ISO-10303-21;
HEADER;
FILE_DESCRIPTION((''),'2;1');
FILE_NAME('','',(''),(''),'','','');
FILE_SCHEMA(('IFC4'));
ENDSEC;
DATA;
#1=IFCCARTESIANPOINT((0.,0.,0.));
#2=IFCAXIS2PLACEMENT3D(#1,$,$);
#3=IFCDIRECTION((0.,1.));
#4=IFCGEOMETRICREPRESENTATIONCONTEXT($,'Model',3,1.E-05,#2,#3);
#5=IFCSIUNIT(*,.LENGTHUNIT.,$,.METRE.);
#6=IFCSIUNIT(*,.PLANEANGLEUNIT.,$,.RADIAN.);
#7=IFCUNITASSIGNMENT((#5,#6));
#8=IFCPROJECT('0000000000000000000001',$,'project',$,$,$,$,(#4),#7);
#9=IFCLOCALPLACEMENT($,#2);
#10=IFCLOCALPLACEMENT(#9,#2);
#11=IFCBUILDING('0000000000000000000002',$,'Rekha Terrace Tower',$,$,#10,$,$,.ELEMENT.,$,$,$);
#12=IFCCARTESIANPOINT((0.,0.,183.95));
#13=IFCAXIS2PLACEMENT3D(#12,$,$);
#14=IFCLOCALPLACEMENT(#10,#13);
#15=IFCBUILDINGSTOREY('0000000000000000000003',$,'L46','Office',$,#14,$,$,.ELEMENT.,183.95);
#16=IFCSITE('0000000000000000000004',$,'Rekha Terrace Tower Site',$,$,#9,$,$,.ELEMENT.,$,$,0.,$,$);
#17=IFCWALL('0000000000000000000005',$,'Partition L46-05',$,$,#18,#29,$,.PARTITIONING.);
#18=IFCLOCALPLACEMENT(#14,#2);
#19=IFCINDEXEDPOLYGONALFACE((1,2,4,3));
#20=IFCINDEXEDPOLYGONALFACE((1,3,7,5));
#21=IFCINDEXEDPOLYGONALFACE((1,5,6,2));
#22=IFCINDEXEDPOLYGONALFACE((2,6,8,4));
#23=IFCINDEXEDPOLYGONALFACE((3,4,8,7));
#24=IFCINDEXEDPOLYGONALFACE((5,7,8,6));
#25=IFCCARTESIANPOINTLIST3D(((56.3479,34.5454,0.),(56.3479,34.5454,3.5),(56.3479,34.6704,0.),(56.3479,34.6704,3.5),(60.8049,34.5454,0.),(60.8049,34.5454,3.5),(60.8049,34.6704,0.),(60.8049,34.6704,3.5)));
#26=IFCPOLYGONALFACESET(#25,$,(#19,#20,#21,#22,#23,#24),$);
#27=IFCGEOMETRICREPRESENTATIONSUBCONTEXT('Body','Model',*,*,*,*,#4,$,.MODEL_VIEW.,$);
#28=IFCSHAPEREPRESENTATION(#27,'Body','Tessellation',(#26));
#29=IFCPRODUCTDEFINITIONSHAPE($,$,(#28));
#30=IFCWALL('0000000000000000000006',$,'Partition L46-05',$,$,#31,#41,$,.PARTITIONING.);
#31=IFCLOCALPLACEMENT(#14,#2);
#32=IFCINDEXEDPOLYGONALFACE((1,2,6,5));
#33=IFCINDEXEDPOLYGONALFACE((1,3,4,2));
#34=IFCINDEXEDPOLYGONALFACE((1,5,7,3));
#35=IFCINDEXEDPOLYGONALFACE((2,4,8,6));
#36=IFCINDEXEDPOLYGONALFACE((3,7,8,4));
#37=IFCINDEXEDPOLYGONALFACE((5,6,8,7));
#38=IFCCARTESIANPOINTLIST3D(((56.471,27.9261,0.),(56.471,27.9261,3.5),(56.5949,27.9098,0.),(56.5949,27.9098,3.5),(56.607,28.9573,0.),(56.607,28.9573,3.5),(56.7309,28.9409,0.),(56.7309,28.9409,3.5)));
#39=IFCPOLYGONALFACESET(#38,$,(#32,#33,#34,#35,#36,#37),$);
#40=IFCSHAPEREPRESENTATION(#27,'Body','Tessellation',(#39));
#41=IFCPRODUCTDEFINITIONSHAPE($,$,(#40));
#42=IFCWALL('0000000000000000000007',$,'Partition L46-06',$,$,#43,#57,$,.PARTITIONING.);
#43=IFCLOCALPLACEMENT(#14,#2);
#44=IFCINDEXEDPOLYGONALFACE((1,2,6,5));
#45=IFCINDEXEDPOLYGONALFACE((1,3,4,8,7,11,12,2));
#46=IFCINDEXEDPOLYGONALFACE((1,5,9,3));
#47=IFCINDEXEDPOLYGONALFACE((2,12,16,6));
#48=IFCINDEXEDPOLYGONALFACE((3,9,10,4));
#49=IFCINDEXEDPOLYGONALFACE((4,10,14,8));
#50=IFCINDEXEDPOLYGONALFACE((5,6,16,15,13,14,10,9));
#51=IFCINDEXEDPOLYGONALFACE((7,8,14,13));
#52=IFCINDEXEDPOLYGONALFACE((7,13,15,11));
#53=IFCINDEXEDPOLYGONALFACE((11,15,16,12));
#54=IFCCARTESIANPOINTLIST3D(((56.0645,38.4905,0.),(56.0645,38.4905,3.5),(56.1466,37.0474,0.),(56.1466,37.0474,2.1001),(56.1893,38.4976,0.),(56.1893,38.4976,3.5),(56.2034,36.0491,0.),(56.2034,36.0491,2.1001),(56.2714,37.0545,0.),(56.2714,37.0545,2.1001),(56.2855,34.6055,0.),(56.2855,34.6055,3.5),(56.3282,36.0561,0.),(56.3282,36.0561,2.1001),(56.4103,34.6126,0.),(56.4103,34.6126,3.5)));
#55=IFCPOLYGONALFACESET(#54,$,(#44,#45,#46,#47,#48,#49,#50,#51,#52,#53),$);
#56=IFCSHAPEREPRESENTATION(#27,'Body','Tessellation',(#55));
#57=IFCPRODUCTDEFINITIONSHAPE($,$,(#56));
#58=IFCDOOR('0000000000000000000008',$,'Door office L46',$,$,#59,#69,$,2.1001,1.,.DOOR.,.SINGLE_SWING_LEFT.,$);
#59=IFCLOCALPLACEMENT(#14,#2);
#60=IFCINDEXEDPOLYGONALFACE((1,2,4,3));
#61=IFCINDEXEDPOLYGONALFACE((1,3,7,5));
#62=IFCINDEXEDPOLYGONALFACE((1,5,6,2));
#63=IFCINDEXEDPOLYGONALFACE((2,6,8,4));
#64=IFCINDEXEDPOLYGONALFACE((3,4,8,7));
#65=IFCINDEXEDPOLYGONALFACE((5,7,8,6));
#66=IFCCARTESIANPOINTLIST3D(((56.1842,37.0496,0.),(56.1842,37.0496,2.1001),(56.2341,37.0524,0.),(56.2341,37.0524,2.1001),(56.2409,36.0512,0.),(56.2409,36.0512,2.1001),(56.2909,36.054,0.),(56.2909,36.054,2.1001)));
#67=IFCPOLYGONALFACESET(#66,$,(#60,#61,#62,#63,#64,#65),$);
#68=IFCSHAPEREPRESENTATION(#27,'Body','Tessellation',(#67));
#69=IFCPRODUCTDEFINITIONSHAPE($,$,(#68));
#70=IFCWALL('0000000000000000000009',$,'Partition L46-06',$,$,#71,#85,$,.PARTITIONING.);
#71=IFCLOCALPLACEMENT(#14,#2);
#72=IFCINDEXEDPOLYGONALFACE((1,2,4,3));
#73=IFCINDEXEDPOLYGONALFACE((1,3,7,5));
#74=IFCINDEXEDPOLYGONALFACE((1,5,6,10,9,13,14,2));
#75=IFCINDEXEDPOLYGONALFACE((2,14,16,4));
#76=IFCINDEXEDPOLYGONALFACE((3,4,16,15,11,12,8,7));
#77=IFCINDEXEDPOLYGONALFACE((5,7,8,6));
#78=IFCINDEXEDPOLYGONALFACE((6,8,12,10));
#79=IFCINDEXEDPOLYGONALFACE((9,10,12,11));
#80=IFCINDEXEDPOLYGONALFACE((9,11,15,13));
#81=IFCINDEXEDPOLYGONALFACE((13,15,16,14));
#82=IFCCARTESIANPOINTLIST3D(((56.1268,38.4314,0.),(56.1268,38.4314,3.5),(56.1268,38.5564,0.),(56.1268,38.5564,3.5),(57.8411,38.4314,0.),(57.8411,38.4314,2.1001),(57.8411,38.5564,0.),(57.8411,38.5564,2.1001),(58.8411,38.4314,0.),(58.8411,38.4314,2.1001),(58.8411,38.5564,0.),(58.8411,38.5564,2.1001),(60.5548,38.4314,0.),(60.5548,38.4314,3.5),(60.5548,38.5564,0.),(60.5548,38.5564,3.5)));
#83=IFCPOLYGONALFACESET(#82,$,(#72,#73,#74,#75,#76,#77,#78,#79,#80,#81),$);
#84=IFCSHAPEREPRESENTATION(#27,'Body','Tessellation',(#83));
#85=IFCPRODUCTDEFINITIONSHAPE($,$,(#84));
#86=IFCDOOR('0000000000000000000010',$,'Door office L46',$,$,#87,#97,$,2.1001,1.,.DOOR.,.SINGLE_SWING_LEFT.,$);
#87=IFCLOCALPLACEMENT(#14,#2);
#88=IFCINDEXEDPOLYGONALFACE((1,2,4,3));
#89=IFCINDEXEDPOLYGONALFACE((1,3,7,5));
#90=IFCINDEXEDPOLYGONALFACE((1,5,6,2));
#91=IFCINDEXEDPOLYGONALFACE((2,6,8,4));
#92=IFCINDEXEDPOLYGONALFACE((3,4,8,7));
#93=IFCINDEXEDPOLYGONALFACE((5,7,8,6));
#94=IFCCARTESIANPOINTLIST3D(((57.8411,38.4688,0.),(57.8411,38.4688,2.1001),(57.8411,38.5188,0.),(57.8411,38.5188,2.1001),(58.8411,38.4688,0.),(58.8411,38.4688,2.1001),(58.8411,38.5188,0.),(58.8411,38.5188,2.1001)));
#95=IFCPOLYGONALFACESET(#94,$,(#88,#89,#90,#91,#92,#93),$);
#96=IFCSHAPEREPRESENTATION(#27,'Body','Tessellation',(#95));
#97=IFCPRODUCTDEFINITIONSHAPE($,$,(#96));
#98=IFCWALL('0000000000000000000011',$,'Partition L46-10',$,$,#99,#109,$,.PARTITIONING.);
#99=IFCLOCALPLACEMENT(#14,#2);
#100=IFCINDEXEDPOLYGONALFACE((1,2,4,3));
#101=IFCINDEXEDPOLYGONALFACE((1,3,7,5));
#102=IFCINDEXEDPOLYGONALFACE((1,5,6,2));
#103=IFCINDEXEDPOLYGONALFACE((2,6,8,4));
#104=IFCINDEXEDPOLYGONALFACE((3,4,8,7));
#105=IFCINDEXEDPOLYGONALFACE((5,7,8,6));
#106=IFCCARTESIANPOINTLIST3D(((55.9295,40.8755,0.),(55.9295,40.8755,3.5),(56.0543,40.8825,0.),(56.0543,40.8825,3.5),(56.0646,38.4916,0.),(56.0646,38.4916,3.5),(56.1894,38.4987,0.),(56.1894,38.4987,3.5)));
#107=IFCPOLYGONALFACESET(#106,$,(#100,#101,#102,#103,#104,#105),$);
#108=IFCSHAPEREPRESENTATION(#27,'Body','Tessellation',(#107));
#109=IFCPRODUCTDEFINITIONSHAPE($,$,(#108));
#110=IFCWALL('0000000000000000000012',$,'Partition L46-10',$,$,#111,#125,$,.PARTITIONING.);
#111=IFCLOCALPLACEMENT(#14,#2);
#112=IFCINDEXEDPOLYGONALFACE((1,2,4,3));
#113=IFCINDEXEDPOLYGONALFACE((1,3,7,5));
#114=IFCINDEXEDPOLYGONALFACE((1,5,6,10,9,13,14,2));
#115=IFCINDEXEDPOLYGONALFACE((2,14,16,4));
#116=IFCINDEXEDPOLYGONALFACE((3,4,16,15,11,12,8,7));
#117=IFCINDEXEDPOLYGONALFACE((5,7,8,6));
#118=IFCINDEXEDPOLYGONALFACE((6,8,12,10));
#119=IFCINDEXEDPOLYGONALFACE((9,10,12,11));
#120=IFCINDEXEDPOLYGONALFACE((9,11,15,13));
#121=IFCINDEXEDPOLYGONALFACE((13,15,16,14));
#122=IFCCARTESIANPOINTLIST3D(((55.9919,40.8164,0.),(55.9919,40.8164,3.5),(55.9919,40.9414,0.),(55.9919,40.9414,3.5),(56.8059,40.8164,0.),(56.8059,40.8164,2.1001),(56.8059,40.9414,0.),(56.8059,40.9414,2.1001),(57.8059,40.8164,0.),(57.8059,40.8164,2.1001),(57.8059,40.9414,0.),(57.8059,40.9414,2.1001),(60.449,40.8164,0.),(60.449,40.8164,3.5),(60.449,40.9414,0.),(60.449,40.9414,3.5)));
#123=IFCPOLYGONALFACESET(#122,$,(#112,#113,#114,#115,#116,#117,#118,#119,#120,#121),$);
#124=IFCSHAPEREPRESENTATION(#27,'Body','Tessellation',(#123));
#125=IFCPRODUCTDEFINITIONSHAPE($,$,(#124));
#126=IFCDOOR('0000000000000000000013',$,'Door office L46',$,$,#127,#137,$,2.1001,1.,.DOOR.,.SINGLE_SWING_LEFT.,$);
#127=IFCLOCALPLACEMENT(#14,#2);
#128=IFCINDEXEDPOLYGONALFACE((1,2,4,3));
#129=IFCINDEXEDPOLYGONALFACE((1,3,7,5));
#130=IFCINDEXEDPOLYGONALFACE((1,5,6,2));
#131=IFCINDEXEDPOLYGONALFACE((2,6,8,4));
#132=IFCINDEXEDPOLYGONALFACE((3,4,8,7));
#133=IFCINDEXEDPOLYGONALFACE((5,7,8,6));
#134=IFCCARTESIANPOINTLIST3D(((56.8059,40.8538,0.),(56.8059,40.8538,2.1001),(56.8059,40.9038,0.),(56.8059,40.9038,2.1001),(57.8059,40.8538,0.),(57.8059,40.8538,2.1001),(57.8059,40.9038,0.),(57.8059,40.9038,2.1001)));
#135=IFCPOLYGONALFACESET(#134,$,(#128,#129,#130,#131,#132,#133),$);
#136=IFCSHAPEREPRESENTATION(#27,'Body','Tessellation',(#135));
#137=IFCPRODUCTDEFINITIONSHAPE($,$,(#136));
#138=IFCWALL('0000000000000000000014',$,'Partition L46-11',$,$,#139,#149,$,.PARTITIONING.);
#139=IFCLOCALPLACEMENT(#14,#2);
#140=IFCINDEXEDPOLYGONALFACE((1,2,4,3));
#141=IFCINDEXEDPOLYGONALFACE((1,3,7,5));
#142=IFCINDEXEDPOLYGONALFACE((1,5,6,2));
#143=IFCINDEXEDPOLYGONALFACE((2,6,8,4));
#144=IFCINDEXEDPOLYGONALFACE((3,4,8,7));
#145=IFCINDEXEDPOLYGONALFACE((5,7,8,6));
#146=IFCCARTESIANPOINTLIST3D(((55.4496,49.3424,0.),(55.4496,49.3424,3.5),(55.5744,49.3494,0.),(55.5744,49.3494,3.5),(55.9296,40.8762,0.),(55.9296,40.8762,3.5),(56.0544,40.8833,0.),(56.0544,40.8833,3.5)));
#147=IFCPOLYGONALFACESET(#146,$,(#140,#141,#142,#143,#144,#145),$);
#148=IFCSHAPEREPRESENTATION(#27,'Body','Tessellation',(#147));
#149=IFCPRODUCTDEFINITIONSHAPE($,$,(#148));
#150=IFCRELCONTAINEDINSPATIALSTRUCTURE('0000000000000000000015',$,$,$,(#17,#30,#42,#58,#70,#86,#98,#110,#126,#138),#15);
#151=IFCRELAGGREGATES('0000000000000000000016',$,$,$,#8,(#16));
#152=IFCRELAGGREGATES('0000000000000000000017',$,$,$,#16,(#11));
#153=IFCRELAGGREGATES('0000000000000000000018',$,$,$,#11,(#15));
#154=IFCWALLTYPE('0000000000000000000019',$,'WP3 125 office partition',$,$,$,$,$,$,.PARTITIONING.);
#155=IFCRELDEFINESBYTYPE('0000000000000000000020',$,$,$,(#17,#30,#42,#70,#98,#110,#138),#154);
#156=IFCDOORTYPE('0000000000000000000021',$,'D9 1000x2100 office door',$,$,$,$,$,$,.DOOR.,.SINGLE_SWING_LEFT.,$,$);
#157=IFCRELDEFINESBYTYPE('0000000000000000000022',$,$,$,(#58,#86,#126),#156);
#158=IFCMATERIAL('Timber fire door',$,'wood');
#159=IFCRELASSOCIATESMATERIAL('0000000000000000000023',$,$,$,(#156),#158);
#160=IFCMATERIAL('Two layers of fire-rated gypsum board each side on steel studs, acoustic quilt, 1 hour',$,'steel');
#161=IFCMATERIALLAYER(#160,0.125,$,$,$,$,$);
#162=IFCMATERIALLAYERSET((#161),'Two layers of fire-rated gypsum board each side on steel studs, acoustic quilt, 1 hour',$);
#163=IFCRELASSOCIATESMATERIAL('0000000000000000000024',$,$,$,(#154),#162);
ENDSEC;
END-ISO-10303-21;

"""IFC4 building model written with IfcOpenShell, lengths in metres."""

from ifc_helpers import new_model, si_unit, direction, frame, frame_2d, origin, place, context, subcontext, project, spatial, rectangle, extrude, material, layer, layer_set, type_object, element, fill, save


model = new_model("IFC4")

# Units and contexts
model_context = context("Model", 3, precision=1e-05, world=origin(), true_north=direction((0.0, 1.0)))
body_context = subcontext(model_context, "Body", "Model", "MODEL_VIEW")
ifc_project = project(units=[si_unit("LENGTHUNIT", "METRE"), si_unit("PLANEANGLEUNIT", "RADIAN")], contexts=[model_context])

# Site, building, storey
site_placement = place(None, origin())
site = spatial("IfcSite", under=ifc_project, at=site_placement, Name="Rekha Terrace Tower Site", CompositionType="ELEMENT", RefElevation=0.0)
building_placement = place(site_placement, origin())
building = spatial("IfcBuilding", under=site, at=building_placement, Name="Rekha Terrace Tower", CompositionType="ELEMENT")
storey_placement = place(building_placement, frame((0.0, 0.0, 183.95)))
storey = spatial("IfcBuildingStorey", under=building, at=storey_placement, Name="L46", Description="Office", CompositionType="ELEMENT", Elevation=183.95)

# Shared definitions
ifc_material_1 = material(Name="Timber fire door", Category="wood")
door_type = type_object("IfcDoorType", Name="D9 1000x2100 office door", OperationType="SINGLE_SWING_LEFT", PredefinedType="DOOR", material=ifc_material_1)

# Shared definitions
ifc_material_2 = material(Name="Two layers of fire-rated gypsum board each side on steel studs, acoustic quilt, 1 hour", Category="steel")
ifc_layer_1 = layer(ifc_material_2, 0.125)
ifc_layer_set_1 = layer_set([ifc_layer_1], Name="Two layers of fire-rated gypsum board each side on steel studs, acoustic quilt, 1 hour")
wall_type_1 = type_object("IfcWallType", Name="WP3 125 office partition", PredefinedType="PARTITIONING", material=ifc_layer_set_1)

# Walls
wall_1_placement = place(storey_placement, frame((56.3479, 34.6079, 0.0), z_axis=(0.0, 0.0, 1.0), x_axis=(1.0, 0.0, 0.0)))
element("IfcWall", 1, at=wall_1_placement, inside=storey, type_object=wall_type_1, Name="Partition L46-05", PredefinedType="PARTITIONING", context=body_context, shape_type="SweptSolid", body=[
    extrude(rectangle(XDim=4.457, YDim=0.125, at=frame_2d((2.2285, 0.0))), origin(), (0.0, 0.0, 1.0), 3.5),
])
wall_2_placement = place(storey_placement, frame((56.533, 27.918, 0.0), z_axis=(0.0, 0.0, 1.0), x_axis=(0.130764, 0.991413, 0.0)))
element("IfcWall", 2, at=wall_2_placement, inside=storey, type_object=wall_type_1, Name="Partition L46-05", PredefinedType="PARTITIONING", context=body_context, shape_type="SweptSolid", body=[
    extrude(rectangle(XDim=1.04, YDim=0.125, at=frame_2d((0.52, 0.0))), origin(), (0.0, 0.0, 1.0), 3.5),
])

# Walls, openings, doors
wall_3_placement = place(storey_placement, frame((56.3479, 34.6089, 0.0), z_axis=(0.0, 0.0, 1.0), x_axis=(-0.05678, 0.998387, 0.0)))
wall_3 = element("IfcWall", 3, at=wall_3_placement, inside=storey, type_object=wall_type_1, Name="Partition L46-06", PredefinedType="PARTITIONING", context=body_context, shape_type="SweptSolid", body=[
    extrude(rectangle(XDim=3.8914, YDim=0.125, at=frame_2d((1.9458, 0.0))), origin(), (0.0, 0.0, 1.0), 3.5),
])
opening_1_placement = place(wall_3_placement, frame((1.446, 0.0, 0.0)))
opening_1 = element("IfcOpeningElement", 4, at=opening_1_placement, cuts=wall_3, PredefinedType="OPENING", context=body_context, shape_type="SweptSolid", body=[
    extrude(rectangle(XDim=1.0, YDim=2.1001, at=frame_2d((0.5, 1.05))), frame((0.0, 0.0725, 0.0), z_axis=(0.0, -1.0, 0.0), x_axis=(1.0, 0.0, 0.0)), (0.0, 0.0, 1.0), 0.145),
])
door_1_placement = place(opening_1_placement, origin())
door_1 = element("IfcDoor", 5, at=door_1_placement, inside=storey, type_object=door_type, Name="Door office L46", OperationType="SINGLE_SWING_LEFT", OverallHeight=2.1001, OverallWidth=1.0, PredefinedType="DOOR", context=body_context, shape_type="SweptSolid", body=[
    extrude(rectangle(XDim=1.0, YDim=2.1001, at=frame_2d((0.5, 1.05))), frame((0.0, 0.0249, 0.0), z_axis=(0.0, -1.0, 0.0), x_axis=(1.0, 0.0, 0.0)), (0.0, 0.0, 1.0), 0.05),
])
fill(opening_1, door_1)
wall_4_placement = place(storey_placement, frame((56.127, 38.4939, 0.0), z_axis=(0.0, 0.0, 1.0), x_axis=(1.0, 0.0, 0.0)))
wall_4 = element("IfcWall", 6, at=wall_4_placement, inside=storey, type_object=wall_type_1, Name="Partition L46-06", PredefinedType="PARTITIONING", context=body_context, shape_type="SweptSolid", body=[
    extrude(rectangle(XDim=4.428, YDim=0.125, at=frame_2d((2.2139, 0.0))), origin(), (0.0, 0.0, 1.0), 3.5),
])
opening_2_placement = place(wall_4_placement, frame((1.7141, 0.0, 0.0)))
opening_2 = element("IfcOpeningElement", 7, at=opening_2_placement, cuts=wall_4, PredefinedType="OPENING", context=body_context, shape_type="SweptSolid", body=[
    extrude(rectangle(XDim=1.0, YDim=2.1001, at=frame_2d((0.5, 1.05))), frame((0.0, 0.0725, 0.0), z_axis=(0.0, -1.0, 0.0), x_axis=(1.0, 0.0, 0.0)), (0.0, 0.0, 1.0), 0.145),
])
door_2_placement = place(opening_2_placement, origin())
door_2 = element("IfcDoor", 8, at=door_2_placement, inside=storey, type_object=door_type, Name="Door office L46", OperationType="SINGLE_SWING_LEFT", OverallHeight=2.1001, OverallWidth=1.0, PredefinedType="DOOR", context=body_context, shape_type="SweptSolid", body=[
    extrude(rectangle(XDim=1.0, YDim=2.1001, at=frame_2d((0.5, 1.05))), frame((0.0, 0.0249, 0.0), z_axis=(0.0, -1.0, 0.0), x_axis=(1.0, 0.0, 0.0)), (0.0, 0.0, 1.0), 0.05),
])
fill(opening_2, door_2)

# Wall
wall_5_placement = place(storey_placement, frame((56.127, 38.4951, 0.0), z_axis=(0.0, 0.0, 1.0), x_axis=(-0.056546, 0.9984, 0.0)))
element("IfcWall", 9, at=wall_5_placement, inside=storey, type_object=wall_type_1, Name="Partition L46-10", PredefinedType="PARTITIONING", context=body_context, shape_type="SweptSolid", body=[
    extrude(rectangle(XDim=2.3877, YDim=0.125, at=frame_2d((1.1938, 0.0))), origin(), (0.0, 0.0, 1.0), 3.5),
])

# Wall, opening, door
wall_6_placement = place(storey_placement, frame((55.9919, 40.8789, 0.0), z_axis=(0.0, 0.0, 1.0), x_axis=(1.0, 0.0, 0.0)))
wall_6 = element("IfcWall", 10, at=wall_6_placement, inside=storey, type_object=wall_type_1, Name="Partition L46-10", PredefinedType="PARTITIONING", context=body_context, shape_type="SweptSolid", body=[
    extrude(rectangle(XDim=4.457, YDim=0.125, at=frame_2d((2.2285, 0.0))), origin(), (0.0, 0.0, 1.0), 3.5),
])
opening_3_placement = place(wall_6_placement, frame((0.814, 0.0, 0.0)))
opening_3 = element("IfcOpeningElement", 11, at=opening_3_placement, cuts=wall_6, PredefinedType="OPENING", context=body_context, shape_type="SweptSolid", body=[
    extrude(rectangle(XDim=1.0, YDim=2.1001, at=frame_2d((0.5, 1.05))), frame((0.0, 0.0725, 0.0), z_axis=(0.0, -1.0, 0.0), x_axis=(1.0, 0.0, 0.0)), (0.0, 0.0, 1.0), 0.145),
])
door_3_placement = place(opening_3_placement, origin())
door_3 = element("IfcDoor", 12, at=door_3_placement, inside=storey, type_object=door_type, Name="Door office L46", OperationType="SINGLE_SWING_LEFT", OverallHeight=2.1001, OverallWidth=1.0, PredefinedType="DOOR", context=body_context, shape_type="SweptSolid", body=[
    extrude(rectangle(XDim=1.0, YDim=2.1001, at=frame_2d((0.5, 1.05))), frame((0.0, 0.0249, 0.0), z_axis=(0.0, -1.0, 0.0), x_axis=(1.0, 0.0, 0.0)), (0.0, 0.0, 1.0), 0.05),
])
fill(opening_3, door_3)

# Wall
wall_7_placement = place(storey_placement, frame((55.9919, 40.8799, 0.0), z_axis=(0.0, 0.0, 1.0), x_axis=(-0.056604, 0.998397, 0.0)))
element("IfcWall", 13, at=wall_7_placement, inside=storey, type_object=wall_type_1, Name="Partition L46-11", PredefinedType="PARTITIONING", context=body_context, shape_type="SweptSolid", body=[
    extrude(rectangle(XDim=8.4797, YDim=0.125, at=frame_2d((4.2397, 0.0))), origin(), (0.0, 0.0, 1.0), 3.5),
])

save(model, "model.ifc")
